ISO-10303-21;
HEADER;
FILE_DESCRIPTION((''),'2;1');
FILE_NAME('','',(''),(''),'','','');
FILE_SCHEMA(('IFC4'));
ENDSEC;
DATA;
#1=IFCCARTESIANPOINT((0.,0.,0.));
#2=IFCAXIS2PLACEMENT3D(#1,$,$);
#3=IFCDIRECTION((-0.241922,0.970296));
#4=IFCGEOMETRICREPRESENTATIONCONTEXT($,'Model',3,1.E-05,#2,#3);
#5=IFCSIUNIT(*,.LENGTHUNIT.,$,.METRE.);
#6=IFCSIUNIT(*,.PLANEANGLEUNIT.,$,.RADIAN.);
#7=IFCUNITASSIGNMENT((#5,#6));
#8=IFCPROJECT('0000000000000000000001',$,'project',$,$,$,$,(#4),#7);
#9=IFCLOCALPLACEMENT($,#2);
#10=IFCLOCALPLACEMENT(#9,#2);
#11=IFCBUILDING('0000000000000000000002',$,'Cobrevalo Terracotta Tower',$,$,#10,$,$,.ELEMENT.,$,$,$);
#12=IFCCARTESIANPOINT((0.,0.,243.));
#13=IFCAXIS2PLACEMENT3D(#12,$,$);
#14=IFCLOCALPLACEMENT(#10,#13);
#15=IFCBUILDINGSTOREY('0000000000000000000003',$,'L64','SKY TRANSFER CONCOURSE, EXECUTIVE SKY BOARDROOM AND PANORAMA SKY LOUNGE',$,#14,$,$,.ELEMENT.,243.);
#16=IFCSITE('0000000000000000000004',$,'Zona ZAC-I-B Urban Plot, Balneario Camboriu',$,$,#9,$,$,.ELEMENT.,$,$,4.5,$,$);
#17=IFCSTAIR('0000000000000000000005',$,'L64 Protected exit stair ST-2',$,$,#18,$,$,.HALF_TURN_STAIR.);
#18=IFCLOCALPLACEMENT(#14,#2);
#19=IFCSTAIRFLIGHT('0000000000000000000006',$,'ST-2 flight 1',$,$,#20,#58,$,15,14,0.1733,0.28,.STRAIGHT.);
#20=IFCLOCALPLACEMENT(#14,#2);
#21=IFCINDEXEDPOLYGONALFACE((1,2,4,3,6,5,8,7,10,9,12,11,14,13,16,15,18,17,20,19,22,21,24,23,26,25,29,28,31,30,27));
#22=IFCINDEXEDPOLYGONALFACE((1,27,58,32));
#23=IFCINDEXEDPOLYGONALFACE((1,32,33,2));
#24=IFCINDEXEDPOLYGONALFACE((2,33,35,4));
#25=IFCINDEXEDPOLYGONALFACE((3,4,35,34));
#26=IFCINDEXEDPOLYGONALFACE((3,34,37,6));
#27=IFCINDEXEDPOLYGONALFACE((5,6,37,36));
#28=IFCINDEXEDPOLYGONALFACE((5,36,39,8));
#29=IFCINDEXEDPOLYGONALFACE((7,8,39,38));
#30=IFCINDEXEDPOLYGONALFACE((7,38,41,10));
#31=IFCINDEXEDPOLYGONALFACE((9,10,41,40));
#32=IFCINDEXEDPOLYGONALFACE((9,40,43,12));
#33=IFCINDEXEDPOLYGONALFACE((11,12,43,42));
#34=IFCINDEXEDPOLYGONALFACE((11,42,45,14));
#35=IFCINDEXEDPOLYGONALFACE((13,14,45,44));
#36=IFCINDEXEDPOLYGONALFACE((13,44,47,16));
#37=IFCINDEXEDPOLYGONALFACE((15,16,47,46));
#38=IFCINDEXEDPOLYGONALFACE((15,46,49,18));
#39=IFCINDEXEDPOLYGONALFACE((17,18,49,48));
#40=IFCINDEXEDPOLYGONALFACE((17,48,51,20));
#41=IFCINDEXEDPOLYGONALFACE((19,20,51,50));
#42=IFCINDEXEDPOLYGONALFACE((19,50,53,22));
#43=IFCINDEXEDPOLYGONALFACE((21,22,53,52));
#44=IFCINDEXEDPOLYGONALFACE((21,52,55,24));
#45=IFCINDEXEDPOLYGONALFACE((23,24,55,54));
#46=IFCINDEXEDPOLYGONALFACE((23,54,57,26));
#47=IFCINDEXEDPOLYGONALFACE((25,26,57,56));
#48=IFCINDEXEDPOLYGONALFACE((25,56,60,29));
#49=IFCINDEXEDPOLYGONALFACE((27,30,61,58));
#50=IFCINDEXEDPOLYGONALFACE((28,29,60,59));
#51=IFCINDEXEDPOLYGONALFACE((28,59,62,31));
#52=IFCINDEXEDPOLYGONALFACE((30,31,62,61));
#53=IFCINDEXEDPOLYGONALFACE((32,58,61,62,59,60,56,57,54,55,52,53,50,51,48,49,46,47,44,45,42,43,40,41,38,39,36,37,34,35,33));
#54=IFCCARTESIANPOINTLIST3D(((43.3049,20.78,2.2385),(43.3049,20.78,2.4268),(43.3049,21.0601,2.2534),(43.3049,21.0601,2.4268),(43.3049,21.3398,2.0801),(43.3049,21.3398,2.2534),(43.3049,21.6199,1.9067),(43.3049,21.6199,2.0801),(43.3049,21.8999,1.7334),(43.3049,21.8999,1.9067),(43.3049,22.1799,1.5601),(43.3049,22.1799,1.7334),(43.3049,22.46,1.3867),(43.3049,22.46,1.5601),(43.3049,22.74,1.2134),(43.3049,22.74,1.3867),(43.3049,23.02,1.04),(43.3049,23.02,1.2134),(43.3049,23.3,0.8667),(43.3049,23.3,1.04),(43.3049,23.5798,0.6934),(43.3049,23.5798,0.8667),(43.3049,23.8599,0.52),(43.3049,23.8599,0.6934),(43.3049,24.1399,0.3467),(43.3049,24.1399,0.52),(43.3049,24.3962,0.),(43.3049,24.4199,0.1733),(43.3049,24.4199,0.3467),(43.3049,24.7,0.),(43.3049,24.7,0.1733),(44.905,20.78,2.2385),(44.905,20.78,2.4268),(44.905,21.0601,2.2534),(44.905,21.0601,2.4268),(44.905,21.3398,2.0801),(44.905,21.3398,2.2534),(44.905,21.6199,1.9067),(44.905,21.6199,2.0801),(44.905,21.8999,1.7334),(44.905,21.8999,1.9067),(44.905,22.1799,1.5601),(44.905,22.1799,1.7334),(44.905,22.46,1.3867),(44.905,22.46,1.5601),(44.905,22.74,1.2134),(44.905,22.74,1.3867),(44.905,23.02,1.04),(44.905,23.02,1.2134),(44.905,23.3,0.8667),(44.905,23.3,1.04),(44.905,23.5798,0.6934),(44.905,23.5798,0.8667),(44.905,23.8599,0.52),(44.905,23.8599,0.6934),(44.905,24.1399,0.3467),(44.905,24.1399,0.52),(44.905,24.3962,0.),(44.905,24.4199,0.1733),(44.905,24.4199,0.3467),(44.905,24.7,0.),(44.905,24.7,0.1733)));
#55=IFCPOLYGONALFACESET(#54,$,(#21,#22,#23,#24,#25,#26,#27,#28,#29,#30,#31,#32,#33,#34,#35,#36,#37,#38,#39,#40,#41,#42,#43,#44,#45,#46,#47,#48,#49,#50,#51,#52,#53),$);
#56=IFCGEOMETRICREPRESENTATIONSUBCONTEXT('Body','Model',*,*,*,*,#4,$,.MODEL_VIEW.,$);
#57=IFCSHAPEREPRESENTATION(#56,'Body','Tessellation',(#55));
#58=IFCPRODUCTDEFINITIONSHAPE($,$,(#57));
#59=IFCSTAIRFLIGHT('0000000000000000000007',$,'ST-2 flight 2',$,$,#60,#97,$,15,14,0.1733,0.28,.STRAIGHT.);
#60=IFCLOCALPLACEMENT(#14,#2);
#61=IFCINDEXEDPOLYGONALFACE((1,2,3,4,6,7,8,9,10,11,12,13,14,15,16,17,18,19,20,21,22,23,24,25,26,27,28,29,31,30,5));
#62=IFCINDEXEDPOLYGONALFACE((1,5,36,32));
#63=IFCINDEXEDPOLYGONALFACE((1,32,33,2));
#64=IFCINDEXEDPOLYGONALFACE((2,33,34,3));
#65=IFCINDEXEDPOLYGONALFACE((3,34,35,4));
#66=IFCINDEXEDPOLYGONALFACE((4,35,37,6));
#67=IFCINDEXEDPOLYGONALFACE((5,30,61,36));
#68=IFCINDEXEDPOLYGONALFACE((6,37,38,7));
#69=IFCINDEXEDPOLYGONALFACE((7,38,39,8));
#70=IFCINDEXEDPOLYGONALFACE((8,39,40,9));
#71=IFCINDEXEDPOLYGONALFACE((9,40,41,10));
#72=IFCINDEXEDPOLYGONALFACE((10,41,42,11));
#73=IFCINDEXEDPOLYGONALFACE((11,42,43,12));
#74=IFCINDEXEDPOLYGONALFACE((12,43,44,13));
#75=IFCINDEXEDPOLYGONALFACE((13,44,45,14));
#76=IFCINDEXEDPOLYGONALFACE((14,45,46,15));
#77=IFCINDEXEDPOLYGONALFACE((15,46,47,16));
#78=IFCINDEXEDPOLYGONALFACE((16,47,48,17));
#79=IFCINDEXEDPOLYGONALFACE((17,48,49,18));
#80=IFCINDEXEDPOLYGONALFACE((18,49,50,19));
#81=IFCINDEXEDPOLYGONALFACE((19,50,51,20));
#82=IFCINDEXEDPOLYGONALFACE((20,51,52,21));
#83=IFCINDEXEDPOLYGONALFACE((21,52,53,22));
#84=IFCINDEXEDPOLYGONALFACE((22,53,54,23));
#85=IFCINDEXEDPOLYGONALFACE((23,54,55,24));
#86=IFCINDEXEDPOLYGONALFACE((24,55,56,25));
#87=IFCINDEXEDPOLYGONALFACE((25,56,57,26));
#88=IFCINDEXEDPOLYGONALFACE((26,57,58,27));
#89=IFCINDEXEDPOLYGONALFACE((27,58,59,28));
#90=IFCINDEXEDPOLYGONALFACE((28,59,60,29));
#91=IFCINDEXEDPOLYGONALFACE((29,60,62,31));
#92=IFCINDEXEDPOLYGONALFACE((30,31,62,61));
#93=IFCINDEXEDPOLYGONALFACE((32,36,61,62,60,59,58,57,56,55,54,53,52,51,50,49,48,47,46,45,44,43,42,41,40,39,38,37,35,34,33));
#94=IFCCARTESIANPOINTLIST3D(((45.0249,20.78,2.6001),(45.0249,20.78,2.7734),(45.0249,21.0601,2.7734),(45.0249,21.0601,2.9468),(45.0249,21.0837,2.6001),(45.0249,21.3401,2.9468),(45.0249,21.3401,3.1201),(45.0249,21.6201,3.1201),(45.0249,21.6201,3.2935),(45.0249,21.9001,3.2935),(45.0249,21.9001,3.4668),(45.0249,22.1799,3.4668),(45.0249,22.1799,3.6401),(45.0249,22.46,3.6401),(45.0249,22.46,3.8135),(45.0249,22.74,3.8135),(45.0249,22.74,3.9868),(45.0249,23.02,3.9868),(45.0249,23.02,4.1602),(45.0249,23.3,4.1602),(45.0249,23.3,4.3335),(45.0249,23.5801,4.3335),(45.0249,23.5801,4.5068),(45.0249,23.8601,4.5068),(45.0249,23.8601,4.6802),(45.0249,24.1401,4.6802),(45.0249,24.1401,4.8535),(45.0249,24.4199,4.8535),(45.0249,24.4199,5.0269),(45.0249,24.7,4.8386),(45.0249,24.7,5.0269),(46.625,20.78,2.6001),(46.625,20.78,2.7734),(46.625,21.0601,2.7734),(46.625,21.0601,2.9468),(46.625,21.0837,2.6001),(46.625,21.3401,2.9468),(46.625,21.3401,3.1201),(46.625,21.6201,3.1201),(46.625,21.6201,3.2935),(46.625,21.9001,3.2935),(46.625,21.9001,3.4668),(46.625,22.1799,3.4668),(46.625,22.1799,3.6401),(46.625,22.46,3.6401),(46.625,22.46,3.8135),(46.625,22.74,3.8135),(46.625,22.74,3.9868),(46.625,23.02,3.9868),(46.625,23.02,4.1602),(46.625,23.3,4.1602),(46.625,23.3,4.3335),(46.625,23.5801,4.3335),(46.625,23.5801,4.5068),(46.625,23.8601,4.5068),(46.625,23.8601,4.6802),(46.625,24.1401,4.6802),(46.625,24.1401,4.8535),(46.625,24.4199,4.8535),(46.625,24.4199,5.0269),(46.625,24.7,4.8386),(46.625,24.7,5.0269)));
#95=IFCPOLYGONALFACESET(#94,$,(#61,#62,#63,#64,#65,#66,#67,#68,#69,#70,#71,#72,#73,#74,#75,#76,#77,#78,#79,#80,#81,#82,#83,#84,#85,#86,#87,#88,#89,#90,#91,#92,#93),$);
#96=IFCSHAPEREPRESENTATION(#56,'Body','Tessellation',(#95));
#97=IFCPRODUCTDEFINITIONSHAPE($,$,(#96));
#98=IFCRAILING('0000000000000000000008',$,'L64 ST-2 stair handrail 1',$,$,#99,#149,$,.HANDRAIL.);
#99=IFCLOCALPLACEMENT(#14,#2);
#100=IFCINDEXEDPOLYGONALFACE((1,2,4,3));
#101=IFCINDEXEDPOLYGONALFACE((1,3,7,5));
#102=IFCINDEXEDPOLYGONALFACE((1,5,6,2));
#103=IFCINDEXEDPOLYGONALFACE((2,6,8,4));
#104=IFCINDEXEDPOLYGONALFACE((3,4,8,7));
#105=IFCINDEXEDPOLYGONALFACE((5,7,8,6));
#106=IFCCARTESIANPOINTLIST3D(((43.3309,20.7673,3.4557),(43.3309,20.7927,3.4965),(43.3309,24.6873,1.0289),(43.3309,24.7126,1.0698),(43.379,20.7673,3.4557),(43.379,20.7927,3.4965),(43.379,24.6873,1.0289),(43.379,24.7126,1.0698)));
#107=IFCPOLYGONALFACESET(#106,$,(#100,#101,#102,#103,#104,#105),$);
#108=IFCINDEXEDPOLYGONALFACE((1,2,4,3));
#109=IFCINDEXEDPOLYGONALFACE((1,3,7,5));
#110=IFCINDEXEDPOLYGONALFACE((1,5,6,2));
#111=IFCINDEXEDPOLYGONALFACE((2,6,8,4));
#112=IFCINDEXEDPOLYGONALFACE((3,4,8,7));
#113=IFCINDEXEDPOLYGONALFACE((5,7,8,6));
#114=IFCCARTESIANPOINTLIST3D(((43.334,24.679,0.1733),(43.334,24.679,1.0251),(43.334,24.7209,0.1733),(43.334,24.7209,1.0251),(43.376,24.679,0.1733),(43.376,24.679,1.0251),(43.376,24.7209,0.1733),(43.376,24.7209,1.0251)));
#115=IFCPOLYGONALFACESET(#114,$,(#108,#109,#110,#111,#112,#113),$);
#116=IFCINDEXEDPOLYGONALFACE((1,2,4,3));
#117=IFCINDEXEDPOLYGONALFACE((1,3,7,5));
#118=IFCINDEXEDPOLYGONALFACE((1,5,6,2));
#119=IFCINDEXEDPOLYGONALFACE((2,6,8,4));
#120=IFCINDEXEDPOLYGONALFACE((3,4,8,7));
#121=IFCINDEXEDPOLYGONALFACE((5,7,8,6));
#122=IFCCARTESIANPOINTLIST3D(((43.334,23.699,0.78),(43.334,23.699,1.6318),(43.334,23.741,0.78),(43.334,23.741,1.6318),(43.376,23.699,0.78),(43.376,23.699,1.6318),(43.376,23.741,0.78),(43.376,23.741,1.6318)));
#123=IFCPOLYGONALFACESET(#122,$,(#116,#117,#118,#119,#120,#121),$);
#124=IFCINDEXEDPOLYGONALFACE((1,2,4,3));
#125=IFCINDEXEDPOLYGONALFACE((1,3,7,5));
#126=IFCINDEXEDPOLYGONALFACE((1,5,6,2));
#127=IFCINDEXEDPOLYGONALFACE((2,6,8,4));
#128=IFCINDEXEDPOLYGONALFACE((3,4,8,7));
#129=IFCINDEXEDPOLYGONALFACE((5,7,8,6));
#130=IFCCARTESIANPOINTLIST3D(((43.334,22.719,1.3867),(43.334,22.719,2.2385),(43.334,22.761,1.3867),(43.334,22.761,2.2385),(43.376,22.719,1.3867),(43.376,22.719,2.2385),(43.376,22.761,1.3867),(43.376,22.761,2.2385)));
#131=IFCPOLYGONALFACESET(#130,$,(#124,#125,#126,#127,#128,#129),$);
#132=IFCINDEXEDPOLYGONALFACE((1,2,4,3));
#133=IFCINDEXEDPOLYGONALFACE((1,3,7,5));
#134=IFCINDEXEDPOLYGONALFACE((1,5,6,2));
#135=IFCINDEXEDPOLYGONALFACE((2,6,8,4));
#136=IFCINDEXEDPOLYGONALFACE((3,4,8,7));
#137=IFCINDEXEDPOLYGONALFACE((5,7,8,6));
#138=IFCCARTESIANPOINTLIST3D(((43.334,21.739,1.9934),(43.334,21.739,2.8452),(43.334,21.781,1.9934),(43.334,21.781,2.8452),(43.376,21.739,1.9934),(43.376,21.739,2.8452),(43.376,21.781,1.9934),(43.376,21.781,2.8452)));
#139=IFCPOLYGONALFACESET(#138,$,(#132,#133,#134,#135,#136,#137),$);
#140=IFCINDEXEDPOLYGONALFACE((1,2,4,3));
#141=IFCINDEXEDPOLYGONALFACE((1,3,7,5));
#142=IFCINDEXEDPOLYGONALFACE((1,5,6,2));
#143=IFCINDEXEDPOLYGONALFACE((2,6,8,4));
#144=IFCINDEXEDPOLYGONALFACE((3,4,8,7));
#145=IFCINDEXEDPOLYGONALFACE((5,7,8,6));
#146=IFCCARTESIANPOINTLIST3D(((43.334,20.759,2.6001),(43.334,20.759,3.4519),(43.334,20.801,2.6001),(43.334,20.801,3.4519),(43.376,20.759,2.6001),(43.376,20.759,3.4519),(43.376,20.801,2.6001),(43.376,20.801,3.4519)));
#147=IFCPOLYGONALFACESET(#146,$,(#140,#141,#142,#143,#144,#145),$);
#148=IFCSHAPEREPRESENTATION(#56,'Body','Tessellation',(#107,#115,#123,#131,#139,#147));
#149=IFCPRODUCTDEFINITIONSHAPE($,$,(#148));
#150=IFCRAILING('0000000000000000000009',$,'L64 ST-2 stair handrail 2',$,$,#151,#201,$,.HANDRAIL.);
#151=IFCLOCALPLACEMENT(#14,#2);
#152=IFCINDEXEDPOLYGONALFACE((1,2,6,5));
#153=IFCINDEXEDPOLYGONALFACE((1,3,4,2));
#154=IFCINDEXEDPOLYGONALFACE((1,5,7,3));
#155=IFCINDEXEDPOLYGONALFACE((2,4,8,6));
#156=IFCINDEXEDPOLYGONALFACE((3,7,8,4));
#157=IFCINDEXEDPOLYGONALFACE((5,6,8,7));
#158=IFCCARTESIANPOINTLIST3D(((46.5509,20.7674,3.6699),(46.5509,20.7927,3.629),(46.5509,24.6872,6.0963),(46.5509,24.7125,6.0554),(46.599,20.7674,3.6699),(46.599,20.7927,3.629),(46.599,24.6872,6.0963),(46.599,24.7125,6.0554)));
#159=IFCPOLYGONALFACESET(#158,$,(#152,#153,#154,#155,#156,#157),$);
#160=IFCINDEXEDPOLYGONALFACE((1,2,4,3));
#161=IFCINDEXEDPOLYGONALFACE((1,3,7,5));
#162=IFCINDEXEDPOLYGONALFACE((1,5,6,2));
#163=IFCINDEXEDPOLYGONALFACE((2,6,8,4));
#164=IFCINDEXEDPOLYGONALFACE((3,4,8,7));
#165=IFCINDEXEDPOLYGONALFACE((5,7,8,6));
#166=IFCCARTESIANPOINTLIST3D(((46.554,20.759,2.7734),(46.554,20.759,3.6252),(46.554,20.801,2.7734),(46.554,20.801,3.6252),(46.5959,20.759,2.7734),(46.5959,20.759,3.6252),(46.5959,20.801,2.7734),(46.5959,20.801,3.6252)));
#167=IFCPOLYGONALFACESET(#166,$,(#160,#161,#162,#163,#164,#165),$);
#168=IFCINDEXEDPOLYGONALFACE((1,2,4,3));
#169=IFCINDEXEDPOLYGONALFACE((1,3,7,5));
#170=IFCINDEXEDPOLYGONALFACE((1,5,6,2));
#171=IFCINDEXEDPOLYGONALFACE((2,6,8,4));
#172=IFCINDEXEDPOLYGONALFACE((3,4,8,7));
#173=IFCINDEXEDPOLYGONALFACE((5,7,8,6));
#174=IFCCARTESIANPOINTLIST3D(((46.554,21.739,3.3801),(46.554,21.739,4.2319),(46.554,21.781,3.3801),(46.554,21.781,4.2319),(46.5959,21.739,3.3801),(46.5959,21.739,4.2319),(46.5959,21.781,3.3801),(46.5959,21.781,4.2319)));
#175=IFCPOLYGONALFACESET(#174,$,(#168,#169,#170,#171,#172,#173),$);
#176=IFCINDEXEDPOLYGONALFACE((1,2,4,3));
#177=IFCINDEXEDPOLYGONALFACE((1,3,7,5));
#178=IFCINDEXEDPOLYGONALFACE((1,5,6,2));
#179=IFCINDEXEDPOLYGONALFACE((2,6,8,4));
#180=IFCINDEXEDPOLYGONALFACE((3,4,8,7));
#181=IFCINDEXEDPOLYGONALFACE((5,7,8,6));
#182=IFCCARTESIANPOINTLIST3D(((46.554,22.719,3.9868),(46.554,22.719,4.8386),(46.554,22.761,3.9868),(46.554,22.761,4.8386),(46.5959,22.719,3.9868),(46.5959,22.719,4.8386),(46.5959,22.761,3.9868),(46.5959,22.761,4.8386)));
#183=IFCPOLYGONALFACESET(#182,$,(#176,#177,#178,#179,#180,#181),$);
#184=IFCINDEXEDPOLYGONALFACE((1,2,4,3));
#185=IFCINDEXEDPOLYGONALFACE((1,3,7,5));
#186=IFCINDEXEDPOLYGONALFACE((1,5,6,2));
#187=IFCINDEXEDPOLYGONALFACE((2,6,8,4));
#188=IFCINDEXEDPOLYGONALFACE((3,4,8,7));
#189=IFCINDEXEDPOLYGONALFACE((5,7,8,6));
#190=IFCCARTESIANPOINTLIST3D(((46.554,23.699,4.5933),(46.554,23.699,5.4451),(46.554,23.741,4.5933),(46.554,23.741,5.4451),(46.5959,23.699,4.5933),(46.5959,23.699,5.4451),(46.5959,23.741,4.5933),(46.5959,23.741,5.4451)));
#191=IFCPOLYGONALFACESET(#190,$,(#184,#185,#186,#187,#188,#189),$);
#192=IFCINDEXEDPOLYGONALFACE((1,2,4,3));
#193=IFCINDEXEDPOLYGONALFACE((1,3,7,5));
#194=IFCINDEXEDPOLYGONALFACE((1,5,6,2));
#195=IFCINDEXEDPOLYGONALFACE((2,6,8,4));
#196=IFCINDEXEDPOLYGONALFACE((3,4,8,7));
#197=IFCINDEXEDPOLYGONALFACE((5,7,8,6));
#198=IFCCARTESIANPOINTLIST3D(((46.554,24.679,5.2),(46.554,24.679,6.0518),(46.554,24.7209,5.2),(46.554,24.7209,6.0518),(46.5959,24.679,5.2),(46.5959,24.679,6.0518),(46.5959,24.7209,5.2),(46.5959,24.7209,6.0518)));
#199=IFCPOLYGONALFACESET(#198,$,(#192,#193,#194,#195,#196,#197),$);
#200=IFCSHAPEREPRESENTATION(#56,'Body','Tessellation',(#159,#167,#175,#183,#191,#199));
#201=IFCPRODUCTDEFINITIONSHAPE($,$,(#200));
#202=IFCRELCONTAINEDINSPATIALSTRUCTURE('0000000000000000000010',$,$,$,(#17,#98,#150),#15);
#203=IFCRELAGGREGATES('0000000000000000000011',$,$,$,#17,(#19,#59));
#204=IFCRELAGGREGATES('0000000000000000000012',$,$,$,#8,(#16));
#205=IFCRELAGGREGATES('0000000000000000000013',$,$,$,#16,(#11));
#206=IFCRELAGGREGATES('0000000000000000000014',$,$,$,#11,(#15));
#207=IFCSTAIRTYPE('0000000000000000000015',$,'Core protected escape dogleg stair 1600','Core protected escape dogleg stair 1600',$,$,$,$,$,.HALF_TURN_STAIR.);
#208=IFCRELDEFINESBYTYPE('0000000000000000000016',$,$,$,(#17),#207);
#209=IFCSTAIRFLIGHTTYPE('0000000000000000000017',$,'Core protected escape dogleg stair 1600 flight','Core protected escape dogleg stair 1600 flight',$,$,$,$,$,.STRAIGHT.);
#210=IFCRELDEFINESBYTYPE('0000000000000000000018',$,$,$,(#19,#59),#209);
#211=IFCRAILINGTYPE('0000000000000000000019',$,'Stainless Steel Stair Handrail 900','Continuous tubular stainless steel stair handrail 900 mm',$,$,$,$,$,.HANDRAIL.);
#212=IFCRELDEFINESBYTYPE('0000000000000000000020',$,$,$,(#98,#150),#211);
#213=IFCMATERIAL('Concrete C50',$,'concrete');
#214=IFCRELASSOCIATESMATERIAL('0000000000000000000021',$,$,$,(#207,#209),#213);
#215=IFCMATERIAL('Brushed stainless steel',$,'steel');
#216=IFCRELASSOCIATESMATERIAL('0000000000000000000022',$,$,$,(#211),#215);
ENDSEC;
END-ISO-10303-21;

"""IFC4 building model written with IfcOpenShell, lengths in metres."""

from ifc_helpers import new_model, si_unit, direction, frame, origin, origin_2d, place, context, subcontext, project, spatial, polyline, rectangle, outline, extrude, material, type_object, element, aggregate, save


model = new_model("IFC4")

# Units and contexts
model_context = context("Model", 3, precision=1e-05, world=origin(), true_north=direction((-0.241922, 0.970296)))
body_context = subcontext(model_context, "Body", "Model", "MODEL_VIEW")
ifc_project = project(units=[si_unit("LENGTHUNIT", "METRE"), si_unit("PLANEANGLEUNIT", "RADIAN")], contexts=[model_context])

# Site, building, storey
site_placement = place(None, origin())
site = spatial("IfcSite", under=ifc_project, at=site_placement, Name="Zona ZAC-I-B Urban Plot, Balneario Camboriu", CompositionType="ELEMENT", RefElevation=4.5)
building_placement = place(site_placement, origin())
building = spatial("IfcBuilding", under=site, at=building_placement, Name="Cobrevalo Terracotta Tower", CompositionType="ELEMENT")
storey_placement = place(building_placement, frame((0.0, 0.0, 243.0)))
storey = spatial("IfcBuildingStorey", under=building, at=storey_placement, Name="L64", Description="SKY TRANSFER CONCOURSE, EXECUTIVE SKY BOARDROOM AND PANORAMA SKY LOUNGE", CompositionType="ELEMENT", Elevation=243.0)

# Shared definitions
ifc_material_1 = material(Name="Concrete C50", Category="concrete")

# Stair, stair flights
stair_type = type_object("IfcStairType", Name="Core protected escape dogleg stair 1600", Description="Core protected escape dogleg stair 1600", PredefinedType="HALF_TURN_STAIR", material=ifc_material_1)
stair_placement = place(storey_placement, origin())
stair = element("IfcStair", 1, at=stair_placement, inside=storey, type_object=stair_type, Name="L64 Protected exit stair ST-2", PredefinedType="HALF_TURN_STAIR")
stair_flight_type = type_object("IfcStairFlightType", Name="Core protected escape dogleg stair 1600 flight", Description="Core protected escape dogleg stair 1600 flight", PredefinedType="STRAIGHT", material=ifc_material_1)
stair_flight_1_placement = place(storey_placement, frame((44.105, 24.7, 0.0), z_axis=(0.0, 0.0, 1.0), x_axis=(0.0, -1.0, 0.0)))
stair_flight_1 = element("IfcStairFlight", 2, at=stair_flight_1_placement, type_object=stair_flight_type, Name="ST-2 flight 1", NumberOfRisers=15, NumberOfTreads=14, PredefinedType="STRAIGHT", RiserHeight=0.1733, TreadLength=0.28, context=body_context, shape_type="SweptSolid", body=[
    extrude(outline(polyline([(0.0, 0.0), (0.0, 0.1733), (0.28, 0.1733), (0.28, 0.3467), (0.5601, 0.3467), (0.5601, 0.52), (0.8401, 0.52), (0.8401, 0.6934), (1.1201, 0.6934), (1.1201, 0.8667), (1.3999, 0.8667), (1.3999, 1.04), (1.6799, 1.04), (1.6799, 1.2134), (1.96, 1.2134), (1.96, 1.3867), (2.24, 1.3867), (2.24, 1.5601), (2.52, 1.5601), (2.52, 1.7334), (2.8, 1.7334), (2.8, 1.9067), (3.0801, 1.9067), (3.0801, 2.0801), (3.3601, 2.0801), (3.3601, 2.2534), (3.6399, 2.2534), (3.6399, 2.4268), (3.9199, 2.4268), (3.9199, 2.6001), (3.9199, 2.2385), (0.3037, 0.0), (0.0, 0.0)])), frame((0.0, 0.8, 0.0), z_axis=(0.0, -1.0, 0.0), x_axis=(1.0, 0.0, 0.0)), (0.0, 0.0, 1.0), 1.6001),
])
stair_flight_2_placement = place(storey_placement, frame((45.825, 20.78, 2.6001), z_axis=(0.0, 0.0, 1.0), x_axis=(0.0, 1.0, 0.0)))
stair_flight_2 = element("IfcStairFlight", 3, at=stair_flight_2_placement, type_object=stair_flight_type, Name="ST-2 flight 2", NumberOfRisers=15, NumberOfTreads=14, PredefinedType="STRAIGHT", RiserHeight=0.1733, TreadLength=0.28, context=body_context, shape_type="SweptSolid", body=[
    extrude(outline(polyline([(0.0, 0.0), (0.0, 0.1733), (0.28, 0.1733), (0.28, 0.3467), (0.5601, 0.3467), (0.5601, 0.52), (0.8401, 0.52), (0.8401, 0.6934), (1.1201, 0.6934), (1.1201, 0.8667), (1.3999, 0.8667), (1.3999, 1.04), (1.6799, 1.04), (1.6799, 1.2134), (1.96, 1.2134), (1.96, 1.3867), (2.24, 1.3867), (2.24, 1.5601), (2.52, 1.5601), (2.52, 1.7334), (2.8, 1.7334), (2.8, 1.9067), (3.0801, 1.9067), (3.0801, 2.0801), (3.3601, 2.0801), (3.3601, 2.2534), (3.6399, 2.2534), (3.6399, 2.4268), (3.9199, 2.4268), (3.9199, 2.6001), (3.9199, 2.2385), (0.3037, 0.0), (0.0, 0.0)])), frame((0.0, 0.8, 0.0), z_axis=(0.0, -1.0, 0.0), x_axis=(1.0, 0.0, 0.0)), (0.0, 0.0, 1.0), 1.6001),
])
aggregate(stair, [stair_flight_1, stair_flight_2])

# Railings
ifc_material_2 = material(Name="Brushed stainless steel", Category="steel")
railing_type_1 = type_object("IfcRailingType", Name="Stainless Steel Stair Handrail 900", Description="Continuous tubular stainless steel stair handrail 900 mm", PredefinedType="HANDRAIL", material=ifc_material_2)
railing_1_placement = place(storey_placement, frame((43.355, 24.7, 0.1733)))
element("IfcRailing", 4, at=railing_1_placement, inside=storey, type_object=railing_type_1, Name="L64 ST-2 stair handrail 1", PredefinedType="HANDRAIL", context=body_context, shape_type="SweptSolid", body=[
    extrude(rectangle(XDim=0.0481, YDim=0.0481, at=origin_2d()), frame((0.0, 0.0, 0.876), z_axis=(0.0, -0.850252, 0.526376), x_axis=(1.0, 0.0, 0.0)), (0.0, 0.0, 1.0), 4.6104),
    extrude(rectangle(XDim=0.042, YDim=0.042, at=origin_2d()), origin(), (0.0, 0.0, 1.0), 0.8518),
    extrude(rectangle(XDim=0.042, YDim=0.042, at=origin_2d()), frame((0.0, -0.98, 0.6067)), (0.0, 0.0, 1.0), 0.8518),
    extrude(rectangle(XDim=0.042, YDim=0.042, at=origin_2d()), frame((0.0, -1.96, 1.2134)), (0.0, 0.0, 1.0), 0.8518),
    extrude(rectangle(XDim=0.042, YDim=0.042, at=origin_2d()), frame((0.0, -2.9399, 1.8201)), (0.0, 0.0, 1.0), 0.8518),
    extrude(rectangle(XDim=0.042, YDim=0.042, at=origin_2d()), frame((0.0, -3.9199, 2.4268)), (0.0, 0.0, 1.0), 0.8518),
])
railing_2_placement = place(storey_placement, frame((46.575, 20.78, 2.7734)))
element("IfcRailing", 5, at=railing_2_placement, inside=storey, type_object=railing_type_1, Name="L64 ST-2 stair handrail 2", PredefinedType="HANDRAIL", context=body_context, shape_type="SweptSolid", body=[
    extrude(rectangle(XDim=0.0481, YDim=0.0481, at=origin_2d()), frame((0.0, 0.0, 0.876), z_axis=(0.0, 0.850275, 0.526338), x_axis=(-1.0, 0.0, 0.0)), (0.0, 0.0, 1.0), 4.6101),
    extrude(rectangle(XDim=0.042, YDim=0.042, at=origin_2d()), origin(), (0.0, 0.0, 1.0), 0.8518),
    extrude(rectangle(XDim=0.042, YDim=0.042, at=origin_2d()), frame((0.0, 0.98, 0.6067)), (0.0, 0.0, 1.0), 0.8518),
    extrude(rectangle(XDim=0.042, YDim=0.042, at=origin_2d()), frame((0.0, 1.96, 1.2134)), (0.0, 0.0, 1.0), 0.8518),
    extrude(rectangle(XDim=0.042, YDim=0.042, at=origin_2d()), frame((0.0, 2.9399, 1.8198)), (0.0, 0.0, 1.0), 0.8518),
    extrude(rectangle(XDim=0.042, YDim=0.042, at=origin_2d()), frame((0.0, 3.9199, 2.4265)), (0.0, 0.0, 1.0), 0.8518),
])

save(model, "model.ifc")
